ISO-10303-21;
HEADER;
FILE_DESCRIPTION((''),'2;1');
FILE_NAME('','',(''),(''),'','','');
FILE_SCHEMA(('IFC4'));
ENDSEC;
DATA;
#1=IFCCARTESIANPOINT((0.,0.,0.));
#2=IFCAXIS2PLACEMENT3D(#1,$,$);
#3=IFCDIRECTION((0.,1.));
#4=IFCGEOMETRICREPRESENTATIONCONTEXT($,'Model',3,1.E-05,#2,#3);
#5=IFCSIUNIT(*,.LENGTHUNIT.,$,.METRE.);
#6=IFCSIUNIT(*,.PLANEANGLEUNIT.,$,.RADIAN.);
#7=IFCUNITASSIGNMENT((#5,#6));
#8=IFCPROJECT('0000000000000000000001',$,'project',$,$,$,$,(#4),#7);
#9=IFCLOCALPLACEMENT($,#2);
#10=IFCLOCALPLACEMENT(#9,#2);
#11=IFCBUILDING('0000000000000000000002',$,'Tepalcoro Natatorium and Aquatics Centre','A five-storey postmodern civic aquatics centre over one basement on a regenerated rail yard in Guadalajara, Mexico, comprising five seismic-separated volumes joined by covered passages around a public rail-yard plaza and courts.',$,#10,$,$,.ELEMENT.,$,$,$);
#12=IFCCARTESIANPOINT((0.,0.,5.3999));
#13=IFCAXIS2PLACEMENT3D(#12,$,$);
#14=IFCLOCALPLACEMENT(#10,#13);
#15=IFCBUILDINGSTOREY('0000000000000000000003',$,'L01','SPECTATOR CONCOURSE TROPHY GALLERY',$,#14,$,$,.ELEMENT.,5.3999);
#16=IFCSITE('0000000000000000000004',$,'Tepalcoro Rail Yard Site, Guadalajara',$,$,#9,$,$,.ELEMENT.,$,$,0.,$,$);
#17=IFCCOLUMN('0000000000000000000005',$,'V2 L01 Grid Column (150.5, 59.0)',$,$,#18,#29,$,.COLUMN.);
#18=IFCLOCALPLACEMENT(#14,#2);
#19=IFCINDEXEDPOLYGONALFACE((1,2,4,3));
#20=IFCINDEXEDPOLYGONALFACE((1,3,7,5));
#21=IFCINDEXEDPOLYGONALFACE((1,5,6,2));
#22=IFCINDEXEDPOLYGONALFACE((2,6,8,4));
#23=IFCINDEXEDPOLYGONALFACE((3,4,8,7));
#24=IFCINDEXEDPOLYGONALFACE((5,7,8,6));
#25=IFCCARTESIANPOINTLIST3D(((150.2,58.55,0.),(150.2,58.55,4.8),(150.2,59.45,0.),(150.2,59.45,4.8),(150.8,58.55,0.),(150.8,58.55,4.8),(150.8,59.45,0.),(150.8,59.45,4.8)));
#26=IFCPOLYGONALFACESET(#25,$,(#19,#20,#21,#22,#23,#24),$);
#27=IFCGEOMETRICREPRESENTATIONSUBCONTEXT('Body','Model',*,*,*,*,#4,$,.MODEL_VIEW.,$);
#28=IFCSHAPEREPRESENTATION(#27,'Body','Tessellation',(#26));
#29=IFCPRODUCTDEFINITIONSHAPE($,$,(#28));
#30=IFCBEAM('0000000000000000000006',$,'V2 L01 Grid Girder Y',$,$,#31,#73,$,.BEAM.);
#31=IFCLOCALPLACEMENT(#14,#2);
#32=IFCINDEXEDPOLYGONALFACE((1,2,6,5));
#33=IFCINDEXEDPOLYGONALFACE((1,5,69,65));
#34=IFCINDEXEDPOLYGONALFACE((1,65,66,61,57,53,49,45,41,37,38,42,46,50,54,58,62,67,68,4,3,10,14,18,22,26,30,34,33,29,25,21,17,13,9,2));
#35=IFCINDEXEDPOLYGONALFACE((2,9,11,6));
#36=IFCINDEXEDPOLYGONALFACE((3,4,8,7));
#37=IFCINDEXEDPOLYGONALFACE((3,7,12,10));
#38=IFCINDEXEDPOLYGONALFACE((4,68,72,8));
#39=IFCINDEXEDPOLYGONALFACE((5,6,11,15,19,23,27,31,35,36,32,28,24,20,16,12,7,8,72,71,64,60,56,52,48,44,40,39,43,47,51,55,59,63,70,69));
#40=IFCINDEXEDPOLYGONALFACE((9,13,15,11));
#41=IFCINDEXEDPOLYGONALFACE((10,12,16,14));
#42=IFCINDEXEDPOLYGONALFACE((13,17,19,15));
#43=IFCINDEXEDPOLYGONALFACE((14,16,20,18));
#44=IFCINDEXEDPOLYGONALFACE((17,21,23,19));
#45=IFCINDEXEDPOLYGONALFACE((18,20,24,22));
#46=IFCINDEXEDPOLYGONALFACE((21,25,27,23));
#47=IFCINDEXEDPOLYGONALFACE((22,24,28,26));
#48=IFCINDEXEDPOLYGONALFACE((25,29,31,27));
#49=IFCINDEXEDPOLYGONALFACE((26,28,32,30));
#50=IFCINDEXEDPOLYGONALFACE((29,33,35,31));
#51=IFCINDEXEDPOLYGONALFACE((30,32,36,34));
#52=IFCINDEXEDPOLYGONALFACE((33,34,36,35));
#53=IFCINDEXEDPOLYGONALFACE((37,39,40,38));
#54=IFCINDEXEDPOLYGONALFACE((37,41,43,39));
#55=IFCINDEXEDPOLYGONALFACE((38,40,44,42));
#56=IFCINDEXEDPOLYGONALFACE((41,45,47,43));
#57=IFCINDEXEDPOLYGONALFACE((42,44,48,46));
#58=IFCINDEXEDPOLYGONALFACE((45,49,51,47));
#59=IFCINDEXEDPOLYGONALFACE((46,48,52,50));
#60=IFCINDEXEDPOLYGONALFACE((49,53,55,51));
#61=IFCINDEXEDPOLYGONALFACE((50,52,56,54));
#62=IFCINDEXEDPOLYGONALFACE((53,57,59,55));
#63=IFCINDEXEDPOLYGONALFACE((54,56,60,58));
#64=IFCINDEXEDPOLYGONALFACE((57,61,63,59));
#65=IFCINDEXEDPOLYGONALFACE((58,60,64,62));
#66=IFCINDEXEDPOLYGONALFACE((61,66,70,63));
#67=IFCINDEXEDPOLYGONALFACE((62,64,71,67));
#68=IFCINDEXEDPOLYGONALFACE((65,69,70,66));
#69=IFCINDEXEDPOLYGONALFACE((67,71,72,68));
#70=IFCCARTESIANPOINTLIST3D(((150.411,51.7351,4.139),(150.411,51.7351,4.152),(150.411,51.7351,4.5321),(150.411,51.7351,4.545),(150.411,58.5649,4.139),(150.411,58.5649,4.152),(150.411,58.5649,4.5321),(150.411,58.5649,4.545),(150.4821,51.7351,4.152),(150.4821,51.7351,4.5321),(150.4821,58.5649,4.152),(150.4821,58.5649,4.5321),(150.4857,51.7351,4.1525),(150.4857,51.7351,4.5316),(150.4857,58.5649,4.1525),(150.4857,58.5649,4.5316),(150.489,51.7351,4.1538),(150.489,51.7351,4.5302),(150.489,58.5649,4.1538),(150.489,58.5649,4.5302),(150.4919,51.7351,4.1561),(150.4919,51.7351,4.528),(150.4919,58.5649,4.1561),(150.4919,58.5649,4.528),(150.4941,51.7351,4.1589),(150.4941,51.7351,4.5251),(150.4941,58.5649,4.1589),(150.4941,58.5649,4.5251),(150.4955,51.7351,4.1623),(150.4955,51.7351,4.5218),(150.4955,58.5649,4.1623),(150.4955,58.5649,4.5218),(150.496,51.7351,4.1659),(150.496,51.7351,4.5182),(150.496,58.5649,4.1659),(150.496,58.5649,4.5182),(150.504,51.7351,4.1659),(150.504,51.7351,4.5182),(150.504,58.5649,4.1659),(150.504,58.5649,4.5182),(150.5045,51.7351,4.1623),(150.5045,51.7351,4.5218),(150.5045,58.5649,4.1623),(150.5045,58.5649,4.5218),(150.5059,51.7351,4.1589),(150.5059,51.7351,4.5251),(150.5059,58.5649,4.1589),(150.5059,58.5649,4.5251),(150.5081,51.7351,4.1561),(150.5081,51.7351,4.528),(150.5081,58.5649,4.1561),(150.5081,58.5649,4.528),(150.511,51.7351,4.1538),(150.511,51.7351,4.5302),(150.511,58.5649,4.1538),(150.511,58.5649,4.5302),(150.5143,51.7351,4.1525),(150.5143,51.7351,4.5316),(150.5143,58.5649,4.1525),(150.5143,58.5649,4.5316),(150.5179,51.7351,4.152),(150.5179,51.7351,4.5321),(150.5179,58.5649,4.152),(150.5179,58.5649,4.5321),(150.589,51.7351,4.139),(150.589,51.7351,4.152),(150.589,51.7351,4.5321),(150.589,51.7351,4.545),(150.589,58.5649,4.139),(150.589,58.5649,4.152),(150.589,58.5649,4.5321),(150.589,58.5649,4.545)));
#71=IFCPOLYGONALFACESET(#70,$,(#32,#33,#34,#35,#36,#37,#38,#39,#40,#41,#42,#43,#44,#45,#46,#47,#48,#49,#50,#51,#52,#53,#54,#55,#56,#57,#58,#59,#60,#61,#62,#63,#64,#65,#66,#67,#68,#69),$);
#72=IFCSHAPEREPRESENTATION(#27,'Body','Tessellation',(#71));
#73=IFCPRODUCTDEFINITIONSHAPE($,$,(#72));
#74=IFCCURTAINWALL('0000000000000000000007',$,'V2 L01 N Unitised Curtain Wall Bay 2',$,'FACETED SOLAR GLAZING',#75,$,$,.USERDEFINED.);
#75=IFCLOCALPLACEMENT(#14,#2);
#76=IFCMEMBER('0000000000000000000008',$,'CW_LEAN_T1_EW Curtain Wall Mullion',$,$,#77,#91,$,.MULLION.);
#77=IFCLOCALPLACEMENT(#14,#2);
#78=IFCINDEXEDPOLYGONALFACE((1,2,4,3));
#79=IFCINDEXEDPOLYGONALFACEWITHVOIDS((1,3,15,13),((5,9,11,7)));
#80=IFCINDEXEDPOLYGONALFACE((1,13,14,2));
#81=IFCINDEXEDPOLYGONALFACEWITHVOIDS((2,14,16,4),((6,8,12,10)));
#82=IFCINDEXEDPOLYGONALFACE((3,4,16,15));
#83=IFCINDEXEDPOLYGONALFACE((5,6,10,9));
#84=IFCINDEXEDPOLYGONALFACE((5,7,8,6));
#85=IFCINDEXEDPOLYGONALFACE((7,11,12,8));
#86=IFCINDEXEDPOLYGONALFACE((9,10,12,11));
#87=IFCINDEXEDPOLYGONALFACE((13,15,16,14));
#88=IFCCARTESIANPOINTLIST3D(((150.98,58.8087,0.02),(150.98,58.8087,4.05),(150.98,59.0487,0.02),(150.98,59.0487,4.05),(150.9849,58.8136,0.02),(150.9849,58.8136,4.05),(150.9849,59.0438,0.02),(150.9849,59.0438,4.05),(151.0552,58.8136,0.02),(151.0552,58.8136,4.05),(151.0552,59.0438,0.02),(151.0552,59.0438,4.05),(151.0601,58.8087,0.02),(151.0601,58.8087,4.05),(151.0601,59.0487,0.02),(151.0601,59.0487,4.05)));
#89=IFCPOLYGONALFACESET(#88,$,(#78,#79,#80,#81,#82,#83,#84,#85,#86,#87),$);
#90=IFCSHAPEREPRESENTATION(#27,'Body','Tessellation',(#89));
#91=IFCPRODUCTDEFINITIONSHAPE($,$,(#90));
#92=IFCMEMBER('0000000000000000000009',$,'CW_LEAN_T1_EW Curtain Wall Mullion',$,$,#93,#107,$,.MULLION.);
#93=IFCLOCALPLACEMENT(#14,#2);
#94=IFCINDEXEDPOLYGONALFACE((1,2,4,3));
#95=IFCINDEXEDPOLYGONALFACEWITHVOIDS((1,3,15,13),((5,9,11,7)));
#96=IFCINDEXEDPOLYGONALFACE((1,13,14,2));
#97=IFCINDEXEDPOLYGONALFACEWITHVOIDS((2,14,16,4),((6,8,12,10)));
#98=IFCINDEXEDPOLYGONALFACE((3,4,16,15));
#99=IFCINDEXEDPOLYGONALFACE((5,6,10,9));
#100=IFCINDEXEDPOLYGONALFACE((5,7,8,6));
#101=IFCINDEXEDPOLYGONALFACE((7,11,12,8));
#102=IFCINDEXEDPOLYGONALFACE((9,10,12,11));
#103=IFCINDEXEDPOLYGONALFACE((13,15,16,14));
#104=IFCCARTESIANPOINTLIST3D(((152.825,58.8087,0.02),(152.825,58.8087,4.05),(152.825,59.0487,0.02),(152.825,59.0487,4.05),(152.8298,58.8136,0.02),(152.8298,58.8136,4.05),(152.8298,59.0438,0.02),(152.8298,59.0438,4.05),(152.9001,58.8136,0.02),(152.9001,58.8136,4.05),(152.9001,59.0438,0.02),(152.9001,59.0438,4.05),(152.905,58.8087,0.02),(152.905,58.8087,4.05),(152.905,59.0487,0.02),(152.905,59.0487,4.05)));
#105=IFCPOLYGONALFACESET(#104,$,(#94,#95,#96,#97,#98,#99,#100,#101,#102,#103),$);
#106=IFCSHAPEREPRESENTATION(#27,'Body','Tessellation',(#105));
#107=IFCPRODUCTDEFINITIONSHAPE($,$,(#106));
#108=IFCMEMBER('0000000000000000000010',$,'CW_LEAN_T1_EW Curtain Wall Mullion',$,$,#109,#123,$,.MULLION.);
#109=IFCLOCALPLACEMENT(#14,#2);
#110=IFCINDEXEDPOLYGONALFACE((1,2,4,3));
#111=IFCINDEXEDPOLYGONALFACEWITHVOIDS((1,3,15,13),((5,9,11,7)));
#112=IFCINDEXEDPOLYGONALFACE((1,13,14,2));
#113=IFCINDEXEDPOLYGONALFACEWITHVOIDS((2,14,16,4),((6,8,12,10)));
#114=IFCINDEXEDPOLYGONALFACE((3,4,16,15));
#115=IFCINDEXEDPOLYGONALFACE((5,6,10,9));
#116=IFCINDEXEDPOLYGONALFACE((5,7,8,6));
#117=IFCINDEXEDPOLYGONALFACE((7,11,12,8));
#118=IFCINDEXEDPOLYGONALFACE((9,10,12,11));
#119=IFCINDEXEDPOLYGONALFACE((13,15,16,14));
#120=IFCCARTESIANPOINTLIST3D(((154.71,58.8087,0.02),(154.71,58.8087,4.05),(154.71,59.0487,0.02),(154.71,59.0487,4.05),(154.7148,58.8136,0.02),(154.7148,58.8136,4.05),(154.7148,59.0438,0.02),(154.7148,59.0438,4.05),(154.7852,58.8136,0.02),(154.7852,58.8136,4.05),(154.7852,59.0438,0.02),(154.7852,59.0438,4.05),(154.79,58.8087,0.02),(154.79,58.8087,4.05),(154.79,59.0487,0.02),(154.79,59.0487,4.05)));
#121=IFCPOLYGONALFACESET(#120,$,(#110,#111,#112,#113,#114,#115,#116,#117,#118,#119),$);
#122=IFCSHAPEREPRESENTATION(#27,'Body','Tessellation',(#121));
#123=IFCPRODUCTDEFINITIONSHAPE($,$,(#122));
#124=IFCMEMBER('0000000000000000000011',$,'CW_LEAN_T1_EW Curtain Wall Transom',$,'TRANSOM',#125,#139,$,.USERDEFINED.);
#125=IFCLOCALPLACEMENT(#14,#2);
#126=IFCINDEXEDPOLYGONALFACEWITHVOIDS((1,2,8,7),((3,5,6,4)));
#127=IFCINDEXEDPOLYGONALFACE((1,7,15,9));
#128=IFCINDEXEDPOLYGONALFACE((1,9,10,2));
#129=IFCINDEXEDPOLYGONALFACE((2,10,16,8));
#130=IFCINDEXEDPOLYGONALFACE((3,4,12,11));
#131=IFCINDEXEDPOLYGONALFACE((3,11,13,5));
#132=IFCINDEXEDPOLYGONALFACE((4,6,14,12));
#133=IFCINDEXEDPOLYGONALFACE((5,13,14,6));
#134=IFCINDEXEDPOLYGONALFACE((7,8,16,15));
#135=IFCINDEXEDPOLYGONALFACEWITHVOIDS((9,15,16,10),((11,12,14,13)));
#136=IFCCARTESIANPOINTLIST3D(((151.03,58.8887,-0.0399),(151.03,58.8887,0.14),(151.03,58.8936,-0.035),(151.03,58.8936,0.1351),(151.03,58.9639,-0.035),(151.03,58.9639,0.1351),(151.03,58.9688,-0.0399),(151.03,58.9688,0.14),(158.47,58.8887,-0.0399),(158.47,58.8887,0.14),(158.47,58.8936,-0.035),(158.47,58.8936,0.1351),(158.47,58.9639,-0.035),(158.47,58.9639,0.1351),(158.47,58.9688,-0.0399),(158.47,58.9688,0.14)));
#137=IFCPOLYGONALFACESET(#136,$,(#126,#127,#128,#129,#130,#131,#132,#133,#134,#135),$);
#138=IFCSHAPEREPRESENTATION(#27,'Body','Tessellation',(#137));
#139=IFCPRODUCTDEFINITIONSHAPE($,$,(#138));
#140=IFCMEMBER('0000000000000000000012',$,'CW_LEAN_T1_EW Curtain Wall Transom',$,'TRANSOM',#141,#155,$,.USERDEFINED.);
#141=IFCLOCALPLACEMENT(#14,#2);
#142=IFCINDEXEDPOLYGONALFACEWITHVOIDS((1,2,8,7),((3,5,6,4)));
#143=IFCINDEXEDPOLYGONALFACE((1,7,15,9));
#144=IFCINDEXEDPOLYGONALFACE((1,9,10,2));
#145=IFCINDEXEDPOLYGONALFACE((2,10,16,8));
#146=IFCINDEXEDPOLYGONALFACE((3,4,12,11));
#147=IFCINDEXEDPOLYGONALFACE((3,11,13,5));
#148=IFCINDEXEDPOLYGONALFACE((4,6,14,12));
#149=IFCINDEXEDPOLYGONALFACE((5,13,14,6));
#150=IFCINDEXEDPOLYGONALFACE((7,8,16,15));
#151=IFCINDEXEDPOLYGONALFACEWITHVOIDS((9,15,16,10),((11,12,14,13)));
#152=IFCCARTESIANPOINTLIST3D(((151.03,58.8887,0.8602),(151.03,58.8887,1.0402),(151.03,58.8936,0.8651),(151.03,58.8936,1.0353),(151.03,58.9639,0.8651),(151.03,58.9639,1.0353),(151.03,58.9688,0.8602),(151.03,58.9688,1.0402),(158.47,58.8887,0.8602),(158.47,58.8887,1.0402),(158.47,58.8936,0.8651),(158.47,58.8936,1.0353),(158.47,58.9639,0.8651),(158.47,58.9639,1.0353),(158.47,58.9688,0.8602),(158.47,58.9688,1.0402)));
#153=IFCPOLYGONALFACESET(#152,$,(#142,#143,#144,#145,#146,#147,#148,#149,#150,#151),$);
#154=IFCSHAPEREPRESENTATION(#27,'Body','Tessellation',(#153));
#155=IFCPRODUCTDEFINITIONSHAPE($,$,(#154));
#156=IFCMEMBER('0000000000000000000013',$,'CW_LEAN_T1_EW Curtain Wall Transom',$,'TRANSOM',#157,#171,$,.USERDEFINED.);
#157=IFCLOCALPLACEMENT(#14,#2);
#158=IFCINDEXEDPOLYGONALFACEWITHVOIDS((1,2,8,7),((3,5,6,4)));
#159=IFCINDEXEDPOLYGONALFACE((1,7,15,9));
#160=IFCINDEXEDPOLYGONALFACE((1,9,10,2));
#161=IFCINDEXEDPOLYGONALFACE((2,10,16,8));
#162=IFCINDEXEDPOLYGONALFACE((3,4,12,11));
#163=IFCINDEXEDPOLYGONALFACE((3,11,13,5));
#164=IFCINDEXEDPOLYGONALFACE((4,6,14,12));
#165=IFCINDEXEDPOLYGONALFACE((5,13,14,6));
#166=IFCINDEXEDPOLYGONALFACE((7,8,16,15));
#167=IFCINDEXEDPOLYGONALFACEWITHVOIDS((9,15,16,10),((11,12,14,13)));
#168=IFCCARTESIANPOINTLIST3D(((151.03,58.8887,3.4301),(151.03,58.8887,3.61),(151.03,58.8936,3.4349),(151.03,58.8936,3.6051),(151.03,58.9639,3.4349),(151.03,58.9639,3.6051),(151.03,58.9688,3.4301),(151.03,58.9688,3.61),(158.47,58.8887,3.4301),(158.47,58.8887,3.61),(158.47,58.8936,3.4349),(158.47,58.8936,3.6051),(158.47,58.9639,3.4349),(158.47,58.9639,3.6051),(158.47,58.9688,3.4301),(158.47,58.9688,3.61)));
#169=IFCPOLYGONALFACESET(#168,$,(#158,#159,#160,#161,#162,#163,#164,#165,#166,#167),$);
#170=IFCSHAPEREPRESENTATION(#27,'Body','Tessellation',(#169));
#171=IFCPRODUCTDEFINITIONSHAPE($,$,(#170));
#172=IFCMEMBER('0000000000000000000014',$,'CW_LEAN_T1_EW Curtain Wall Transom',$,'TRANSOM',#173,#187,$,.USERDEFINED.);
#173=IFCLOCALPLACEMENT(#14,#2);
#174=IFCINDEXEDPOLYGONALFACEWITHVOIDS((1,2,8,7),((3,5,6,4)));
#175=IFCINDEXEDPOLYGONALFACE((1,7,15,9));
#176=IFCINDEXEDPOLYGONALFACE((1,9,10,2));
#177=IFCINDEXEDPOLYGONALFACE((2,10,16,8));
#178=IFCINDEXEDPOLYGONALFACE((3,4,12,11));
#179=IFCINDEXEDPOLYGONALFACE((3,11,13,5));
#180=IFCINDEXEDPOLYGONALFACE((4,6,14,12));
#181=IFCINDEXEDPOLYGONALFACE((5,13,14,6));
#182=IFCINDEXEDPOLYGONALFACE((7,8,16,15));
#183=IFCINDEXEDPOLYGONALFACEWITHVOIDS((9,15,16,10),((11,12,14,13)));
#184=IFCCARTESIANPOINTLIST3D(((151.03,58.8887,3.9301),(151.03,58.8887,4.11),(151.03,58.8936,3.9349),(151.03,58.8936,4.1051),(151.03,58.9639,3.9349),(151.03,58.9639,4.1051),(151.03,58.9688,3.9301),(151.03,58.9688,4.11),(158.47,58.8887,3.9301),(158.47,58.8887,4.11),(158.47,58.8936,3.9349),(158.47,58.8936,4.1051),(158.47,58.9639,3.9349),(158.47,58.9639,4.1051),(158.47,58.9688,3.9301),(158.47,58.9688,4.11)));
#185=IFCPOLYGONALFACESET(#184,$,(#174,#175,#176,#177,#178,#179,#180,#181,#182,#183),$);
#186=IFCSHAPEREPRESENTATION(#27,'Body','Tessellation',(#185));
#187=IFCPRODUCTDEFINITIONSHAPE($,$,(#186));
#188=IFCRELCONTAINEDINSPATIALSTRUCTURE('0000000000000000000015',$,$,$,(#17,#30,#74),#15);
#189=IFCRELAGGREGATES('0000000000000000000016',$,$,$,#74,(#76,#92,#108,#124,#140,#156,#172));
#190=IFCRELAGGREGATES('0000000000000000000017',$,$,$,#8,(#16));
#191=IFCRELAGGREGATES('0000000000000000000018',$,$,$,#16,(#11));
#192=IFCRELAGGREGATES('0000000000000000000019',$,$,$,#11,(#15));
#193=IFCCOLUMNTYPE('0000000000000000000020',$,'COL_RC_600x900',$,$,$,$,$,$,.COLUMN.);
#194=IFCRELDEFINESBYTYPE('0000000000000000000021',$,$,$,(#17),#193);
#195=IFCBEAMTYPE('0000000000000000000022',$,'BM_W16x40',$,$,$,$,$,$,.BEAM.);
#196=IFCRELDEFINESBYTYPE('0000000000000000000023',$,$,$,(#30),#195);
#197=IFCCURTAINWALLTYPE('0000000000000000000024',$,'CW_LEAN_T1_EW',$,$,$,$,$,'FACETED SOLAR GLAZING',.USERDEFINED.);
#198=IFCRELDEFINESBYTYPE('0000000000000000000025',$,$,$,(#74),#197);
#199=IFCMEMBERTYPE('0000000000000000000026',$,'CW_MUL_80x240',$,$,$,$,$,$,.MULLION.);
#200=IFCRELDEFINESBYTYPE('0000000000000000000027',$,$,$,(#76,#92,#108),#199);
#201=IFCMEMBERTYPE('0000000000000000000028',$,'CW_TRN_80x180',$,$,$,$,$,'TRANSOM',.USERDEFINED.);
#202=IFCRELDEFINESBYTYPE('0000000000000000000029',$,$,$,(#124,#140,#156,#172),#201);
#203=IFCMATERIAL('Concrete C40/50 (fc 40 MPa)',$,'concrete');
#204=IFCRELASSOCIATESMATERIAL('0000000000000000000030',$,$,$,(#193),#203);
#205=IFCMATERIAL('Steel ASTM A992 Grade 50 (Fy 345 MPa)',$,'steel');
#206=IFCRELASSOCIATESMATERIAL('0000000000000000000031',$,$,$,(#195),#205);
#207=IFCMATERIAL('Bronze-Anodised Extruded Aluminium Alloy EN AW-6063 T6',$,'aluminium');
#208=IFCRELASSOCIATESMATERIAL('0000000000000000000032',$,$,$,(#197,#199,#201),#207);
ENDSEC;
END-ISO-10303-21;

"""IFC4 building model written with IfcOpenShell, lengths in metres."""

from ifc_helpers import new_model, si_unit, direction, frame, origin, origin_2d, place, context, subcontext, project, spatial, rectangle, hollow_rectangle, i_section, extrude, material, material_profile, profile_set, type_object, element, aggregate, save


model = new_model("IFC4")

# Units and contexts
model_context = context("Model", 3, precision=1e-05, world=origin(), true_north=direction((0.0, 1.0)))
body_context = subcontext(model_context, "Body", "Model", "MODEL_VIEW")
ifc_project = project(units=[si_unit("LENGTHUNIT", "METRE"), si_unit("PLANEANGLEUNIT", "RADIAN")], contexts=[model_context])

# Site, building, storey
site_placement = place(None, origin())
site = spatial("IfcSite", under=ifc_project, at=site_placement, Name="Tepalcoro Rail Yard Site, Guadalajara", CompositionType="ELEMENT", RefElevation=0.0)
building_placement = place(site_placement, origin())
building = spatial("IfcBuilding", under=site, at=building_placement, Name="Tepalcoro Natatorium and Aquatics Centre", Description="A five-storey postmodern civic aquatics centre over one basement on a regenerated rail yard in Guadalajara, Mexico, comprising five seismic-separated volumes joined by covered passages around a public rail-yard plaza and courts.", CompositionType="ELEMENT")
storey_placement = place(building_placement, frame((0.0, 0.0, 5.3999)))
storey = spatial("IfcBuildingStorey", under=building, at=storey_placement, Name="L01", Description="SPECTATOR CONCOURSE TROPHY GALLERY", CompositionType="ELEMENT", Elevation=5.3999)

# Column
ifc_material_1 = material(Name="Concrete C40/50 (fc 40 MPa)", Category="concrete")
ifc_material_profile_1 = material_profile(ifc_material_1, rectangle(XDim=0.6001, YDim=0.8999, at=origin_2d()), Name="RC600x900")
ifc_profile_set_1 = profile_set([ifc_material_profile_1], Name="Concrete C40/50 (fc 40 MPa)")
column_type = type_object("IfcColumnType", Name="COL_RC_600x900", PredefinedType="COLUMN", material=ifc_profile_set_1)
column_placement = place(storey_placement, frame((150.5, 59.0, 0.0), z_axis=(0.0, 0.0, 1.0), x_axis=(1.0, 0.0, 0.0)))
element("IfcColumn", 1, at=column_placement, inside=storey, type_object=column_type, Name="V2 L01 Grid Column (150.5, 59.0)", PredefinedType="COLUMN", context=body_context, shape_type="SweptSolid", body=[
    extrude(rectangle(XDim=0.6001, YDim=0.8999, at=origin_2d()), origin(), (0.0, 0.0, 1.0), 4.8),
])

# Beam
ifc_material_2 = material(Name="Steel ASTM A992 Grade 50 (Fy 345 MPa)", Category="steel")
ifc_material_profile_2 = material_profile(ifc_material_2, i_section(OverallWidth=0.178, OverallDepth=0.406, WebThickness=0.0081, FlangeThickness=0.0129, FilletRadius=0.0139, at=origin_2d()), Name="W16X40")
ifc_profile_set_2 = profile_set([ifc_material_profile_2], Name="Steel ASTM A992 Grade 50 (Fy 345 MPa)")
beam_type_1 = type_object("IfcBeamType", Name="BM_W16x40", PredefinedType="BEAM", material=ifc_profile_set_2)
beam_1_placement = place(storey_placement, frame((150.5, 51.7351, 4.342), z_axis=(0.0, 1.0, 0.0), x_axis=(-1.0, 0.0, 0.0)))
element("IfcBeam", 2, at=beam_1_placement, inside=storey, type_object=beam_type_1, Name="V2 L01 Grid Girder Y", PredefinedType="BEAM", context=body_context, shape_type="SweptSolid", body=[
    extrude(i_section(OverallWidth=0.178, OverallDepth=0.406, WebThickness=0.0081, FlangeThickness=0.0129, FilletRadius=0.0139, at=origin_2d()), origin(), (0.0, 0.0, 1.0), 6.8298),
])

# Curtain wall, members
ifc_material_3 = material(Name="Bronze-Anodised Extruded Aluminium Alloy EN AW-6063 T6", Category="aluminium")
curtain_wall_type = type_object("IfcCurtainWallType", Name="CW_LEAN_T1_EW", ElementType="FACETED SOLAR GLAZING", PredefinedType="USERDEFINED", material=ifc_material_3)
curtain_wall_placement = place(storey_placement, origin())
curtain_wall = element("IfcCurtainWall", 3, at=curtain_wall_placement, inside=storey, type_object=curtain_wall_type, Name="V2 L01 N Unitised Curtain Wall Bay 2", ObjectType="FACETED SOLAR GLAZING", PredefinedType="USERDEFINED")
ifc_material_profile_3 = material_profile(ifc_material_3, hollow_rectangle(XDim=0.0801, YDim=0.24, WallThickness=0.0049, at=origin_2d()), Name="AL80X240X5")
ifc_profile_set_3 = profile_set([ifc_material_profile_3], Name="Bronze-Anodised Extruded Aluminium Alloy EN AW-6063 T6")
member_type_1 = type_object("IfcMemberType", Name="CW_MUL_80x240", PredefinedType="MULLION", material=ifc_profile_set_3)
member_1_placement = place(storey_placement, frame((151.02, 58.9287, 0.02), z_axis=(0.0, 0.0, 1.0), x_axis=(1.0, 0.0, 0.0)))
member_1 = element("IfcMember", 4, at=member_1_placement, type_object=member_type_1, Name="CW_LEAN_T1_EW Curtain Wall Mullion", PredefinedType="MULLION", context=body_context, shape_type="SweptSolid", body=[
    extrude(hollow_rectangle(XDim=0.0801, YDim=0.24, WallThickness=0.0049, at=origin_2d()), origin(), (0.0, 0.0, 1.0), 4.03),
])
member_2_placement = place(storey_placement, frame((152.865, 58.9287, 0.02), z_axis=(0.0, 0.0, 1.0), x_axis=(1.0, 0.0, 0.0)))
member_2 = element("IfcMember", 5, at=member_2_placement, type_object=member_type_1, Name="CW_LEAN_T1_EW Curtain Wall Mullion", PredefinedType="MULLION", context=body_context, shape_type="SweptSolid", body=[
    extrude(hollow_rectangle(XDim=0.0801, YDim=0.24, WallThickness=0.0049, at=origin_2d()), origin(), (0.0, 0.0, 1.0), 4.03),
])
member_3_placement = place(storey_placement, frame((154.75, 58.9287, 0.02), z_axis=(0.0, 0.0, 1.0), x_axis=(1.0, 0.0, 0.0)))
member_3 = element("IfcMember", 6, at=member_3_placement, type_object=member_type_1, Name="CW_LEAN_T1_EW Curtain Wall Mullion", PredefinedType="MULLION", context=body_context, shape_type="SweptSolid", body=[
    extrude(hollow_rectangle(XDim=0.0801, YDim=0.24, WallThickness=0.0049, at=origin_2d()), origin(), (0.0, 0.0, 1.0), 4.03),
])
ifc_material_profile_4 = material_profile(ifc_material_3, hollow_rectangle(XDim=0.0801, YDim=0.1799, WallThickness=0.0049, at=origin_2d()), Name="AL80X180X5")
ifc_profile_set_4 = profile_set([ifc_material_profile_4], Name="Bronze-Anodised Extruded Aluminium Alloy EN AW-6063 T6")
member_type_2 = type_object("IfcMemberType", Name="CW_TRN_80x180", ElementType="TRANSOM", PredefinedType="USERDEFINED", material=ifc_profile_set_4)
member_4_placement = place(storey_placement, frame((151.03, 58.9287, 0.05), z_axis=(1.0, 0.0, 0.0), x_axis=(0.0, 1.0, 0.0)))
member_4 = element("IfcMember", 7, at=member_4_placement, type_object=member_type_2, Name="CW_LEAN_T1_EW Curtain Wall Transom", ObjectType="TRANSOM", PredefinedType="USERDEFINED", context=body_context, shape_type="SweptSolid", body=[
    extrude(hollow_rectangle(XDim=0.0801, YDim=0.1799, WallThickness=0.0049, at=origin_2d()), origin(), (0.0, 0.0, 1.0), 7.4399),
])
member_5_placement = place(storey_placement, frame((151.03, 58.9287, 0.9502), z_axis=(1.0, 0.0, 0.0), x_axis=(0.0, 1.0, 0.0)))
member_5 = element("IfcMember", 8, at=member_5_placement, type_object=member_type_2, Name="CW_LEAN_T1_EW Curtain Wall Transom", ObjectType="TRANSOM", PredefinedType="USERDEFINED", context=body_context, shape_type="SweptSolid", body=[
    extrude(hollow_rectangle(XDim=0.0801, YDim=0.1799, WallThickness=0.0049, at=origin_2d()), origin(), (0.0, 0.0, 1.0), 7.4399),
])
member_6_placement = place(storey_placement, frame((151.03, 58.9287, 3.52), z_axis=(1.0, 0.0, 0.0), x_axis=(0.0, 1.0, 0.0)))
member_6 = element("IfcMember", 9, at=member_6_placement, type_object=member_type_2, Name="CW_LEAN_T1_EW Curtain Wall Transom", ObjectType="TRANSOM", PredefinedType="USERDEFINED", context=body_context, shape_type="SweptSolid", body=[
    extrude(hollow_rectangle(XDim=0.0801, YDim=0.1799, WallThickness=0.0049, at=origin_2d()), origin(), (0.0, 0.0, 1.0), 7.4399),
])
member_7_placement = place(storey_placement, frame((151.03, 58.9287, 4.02), z_axis=(1.0, 0.0, 0.0), x_axis=(0.0, 1.0, 0.0)))
member_7 = element("IfcMember", 10, at=member_7_placement, type_object=member_type_2, Name="CW_LEAN_T1_EW Curtain Wall Transom", ObjectType="TRANSOM", PredefinedType="USERDEFINED", context=body_context, shape_type="SweptSolid", body=[
    extrude(hollow_rectangle(XDim=0.0801, YDim=0.1799, WallThickness=0.0049, at=origin_2d()), origin(), (0.0, 0.0, 1.0), 7.4399),
])

aggregate(curtain_wall, [member_1, member_2, member_3, member_4, member_5, member_6, member_7])

save(model, "model.ifc")
